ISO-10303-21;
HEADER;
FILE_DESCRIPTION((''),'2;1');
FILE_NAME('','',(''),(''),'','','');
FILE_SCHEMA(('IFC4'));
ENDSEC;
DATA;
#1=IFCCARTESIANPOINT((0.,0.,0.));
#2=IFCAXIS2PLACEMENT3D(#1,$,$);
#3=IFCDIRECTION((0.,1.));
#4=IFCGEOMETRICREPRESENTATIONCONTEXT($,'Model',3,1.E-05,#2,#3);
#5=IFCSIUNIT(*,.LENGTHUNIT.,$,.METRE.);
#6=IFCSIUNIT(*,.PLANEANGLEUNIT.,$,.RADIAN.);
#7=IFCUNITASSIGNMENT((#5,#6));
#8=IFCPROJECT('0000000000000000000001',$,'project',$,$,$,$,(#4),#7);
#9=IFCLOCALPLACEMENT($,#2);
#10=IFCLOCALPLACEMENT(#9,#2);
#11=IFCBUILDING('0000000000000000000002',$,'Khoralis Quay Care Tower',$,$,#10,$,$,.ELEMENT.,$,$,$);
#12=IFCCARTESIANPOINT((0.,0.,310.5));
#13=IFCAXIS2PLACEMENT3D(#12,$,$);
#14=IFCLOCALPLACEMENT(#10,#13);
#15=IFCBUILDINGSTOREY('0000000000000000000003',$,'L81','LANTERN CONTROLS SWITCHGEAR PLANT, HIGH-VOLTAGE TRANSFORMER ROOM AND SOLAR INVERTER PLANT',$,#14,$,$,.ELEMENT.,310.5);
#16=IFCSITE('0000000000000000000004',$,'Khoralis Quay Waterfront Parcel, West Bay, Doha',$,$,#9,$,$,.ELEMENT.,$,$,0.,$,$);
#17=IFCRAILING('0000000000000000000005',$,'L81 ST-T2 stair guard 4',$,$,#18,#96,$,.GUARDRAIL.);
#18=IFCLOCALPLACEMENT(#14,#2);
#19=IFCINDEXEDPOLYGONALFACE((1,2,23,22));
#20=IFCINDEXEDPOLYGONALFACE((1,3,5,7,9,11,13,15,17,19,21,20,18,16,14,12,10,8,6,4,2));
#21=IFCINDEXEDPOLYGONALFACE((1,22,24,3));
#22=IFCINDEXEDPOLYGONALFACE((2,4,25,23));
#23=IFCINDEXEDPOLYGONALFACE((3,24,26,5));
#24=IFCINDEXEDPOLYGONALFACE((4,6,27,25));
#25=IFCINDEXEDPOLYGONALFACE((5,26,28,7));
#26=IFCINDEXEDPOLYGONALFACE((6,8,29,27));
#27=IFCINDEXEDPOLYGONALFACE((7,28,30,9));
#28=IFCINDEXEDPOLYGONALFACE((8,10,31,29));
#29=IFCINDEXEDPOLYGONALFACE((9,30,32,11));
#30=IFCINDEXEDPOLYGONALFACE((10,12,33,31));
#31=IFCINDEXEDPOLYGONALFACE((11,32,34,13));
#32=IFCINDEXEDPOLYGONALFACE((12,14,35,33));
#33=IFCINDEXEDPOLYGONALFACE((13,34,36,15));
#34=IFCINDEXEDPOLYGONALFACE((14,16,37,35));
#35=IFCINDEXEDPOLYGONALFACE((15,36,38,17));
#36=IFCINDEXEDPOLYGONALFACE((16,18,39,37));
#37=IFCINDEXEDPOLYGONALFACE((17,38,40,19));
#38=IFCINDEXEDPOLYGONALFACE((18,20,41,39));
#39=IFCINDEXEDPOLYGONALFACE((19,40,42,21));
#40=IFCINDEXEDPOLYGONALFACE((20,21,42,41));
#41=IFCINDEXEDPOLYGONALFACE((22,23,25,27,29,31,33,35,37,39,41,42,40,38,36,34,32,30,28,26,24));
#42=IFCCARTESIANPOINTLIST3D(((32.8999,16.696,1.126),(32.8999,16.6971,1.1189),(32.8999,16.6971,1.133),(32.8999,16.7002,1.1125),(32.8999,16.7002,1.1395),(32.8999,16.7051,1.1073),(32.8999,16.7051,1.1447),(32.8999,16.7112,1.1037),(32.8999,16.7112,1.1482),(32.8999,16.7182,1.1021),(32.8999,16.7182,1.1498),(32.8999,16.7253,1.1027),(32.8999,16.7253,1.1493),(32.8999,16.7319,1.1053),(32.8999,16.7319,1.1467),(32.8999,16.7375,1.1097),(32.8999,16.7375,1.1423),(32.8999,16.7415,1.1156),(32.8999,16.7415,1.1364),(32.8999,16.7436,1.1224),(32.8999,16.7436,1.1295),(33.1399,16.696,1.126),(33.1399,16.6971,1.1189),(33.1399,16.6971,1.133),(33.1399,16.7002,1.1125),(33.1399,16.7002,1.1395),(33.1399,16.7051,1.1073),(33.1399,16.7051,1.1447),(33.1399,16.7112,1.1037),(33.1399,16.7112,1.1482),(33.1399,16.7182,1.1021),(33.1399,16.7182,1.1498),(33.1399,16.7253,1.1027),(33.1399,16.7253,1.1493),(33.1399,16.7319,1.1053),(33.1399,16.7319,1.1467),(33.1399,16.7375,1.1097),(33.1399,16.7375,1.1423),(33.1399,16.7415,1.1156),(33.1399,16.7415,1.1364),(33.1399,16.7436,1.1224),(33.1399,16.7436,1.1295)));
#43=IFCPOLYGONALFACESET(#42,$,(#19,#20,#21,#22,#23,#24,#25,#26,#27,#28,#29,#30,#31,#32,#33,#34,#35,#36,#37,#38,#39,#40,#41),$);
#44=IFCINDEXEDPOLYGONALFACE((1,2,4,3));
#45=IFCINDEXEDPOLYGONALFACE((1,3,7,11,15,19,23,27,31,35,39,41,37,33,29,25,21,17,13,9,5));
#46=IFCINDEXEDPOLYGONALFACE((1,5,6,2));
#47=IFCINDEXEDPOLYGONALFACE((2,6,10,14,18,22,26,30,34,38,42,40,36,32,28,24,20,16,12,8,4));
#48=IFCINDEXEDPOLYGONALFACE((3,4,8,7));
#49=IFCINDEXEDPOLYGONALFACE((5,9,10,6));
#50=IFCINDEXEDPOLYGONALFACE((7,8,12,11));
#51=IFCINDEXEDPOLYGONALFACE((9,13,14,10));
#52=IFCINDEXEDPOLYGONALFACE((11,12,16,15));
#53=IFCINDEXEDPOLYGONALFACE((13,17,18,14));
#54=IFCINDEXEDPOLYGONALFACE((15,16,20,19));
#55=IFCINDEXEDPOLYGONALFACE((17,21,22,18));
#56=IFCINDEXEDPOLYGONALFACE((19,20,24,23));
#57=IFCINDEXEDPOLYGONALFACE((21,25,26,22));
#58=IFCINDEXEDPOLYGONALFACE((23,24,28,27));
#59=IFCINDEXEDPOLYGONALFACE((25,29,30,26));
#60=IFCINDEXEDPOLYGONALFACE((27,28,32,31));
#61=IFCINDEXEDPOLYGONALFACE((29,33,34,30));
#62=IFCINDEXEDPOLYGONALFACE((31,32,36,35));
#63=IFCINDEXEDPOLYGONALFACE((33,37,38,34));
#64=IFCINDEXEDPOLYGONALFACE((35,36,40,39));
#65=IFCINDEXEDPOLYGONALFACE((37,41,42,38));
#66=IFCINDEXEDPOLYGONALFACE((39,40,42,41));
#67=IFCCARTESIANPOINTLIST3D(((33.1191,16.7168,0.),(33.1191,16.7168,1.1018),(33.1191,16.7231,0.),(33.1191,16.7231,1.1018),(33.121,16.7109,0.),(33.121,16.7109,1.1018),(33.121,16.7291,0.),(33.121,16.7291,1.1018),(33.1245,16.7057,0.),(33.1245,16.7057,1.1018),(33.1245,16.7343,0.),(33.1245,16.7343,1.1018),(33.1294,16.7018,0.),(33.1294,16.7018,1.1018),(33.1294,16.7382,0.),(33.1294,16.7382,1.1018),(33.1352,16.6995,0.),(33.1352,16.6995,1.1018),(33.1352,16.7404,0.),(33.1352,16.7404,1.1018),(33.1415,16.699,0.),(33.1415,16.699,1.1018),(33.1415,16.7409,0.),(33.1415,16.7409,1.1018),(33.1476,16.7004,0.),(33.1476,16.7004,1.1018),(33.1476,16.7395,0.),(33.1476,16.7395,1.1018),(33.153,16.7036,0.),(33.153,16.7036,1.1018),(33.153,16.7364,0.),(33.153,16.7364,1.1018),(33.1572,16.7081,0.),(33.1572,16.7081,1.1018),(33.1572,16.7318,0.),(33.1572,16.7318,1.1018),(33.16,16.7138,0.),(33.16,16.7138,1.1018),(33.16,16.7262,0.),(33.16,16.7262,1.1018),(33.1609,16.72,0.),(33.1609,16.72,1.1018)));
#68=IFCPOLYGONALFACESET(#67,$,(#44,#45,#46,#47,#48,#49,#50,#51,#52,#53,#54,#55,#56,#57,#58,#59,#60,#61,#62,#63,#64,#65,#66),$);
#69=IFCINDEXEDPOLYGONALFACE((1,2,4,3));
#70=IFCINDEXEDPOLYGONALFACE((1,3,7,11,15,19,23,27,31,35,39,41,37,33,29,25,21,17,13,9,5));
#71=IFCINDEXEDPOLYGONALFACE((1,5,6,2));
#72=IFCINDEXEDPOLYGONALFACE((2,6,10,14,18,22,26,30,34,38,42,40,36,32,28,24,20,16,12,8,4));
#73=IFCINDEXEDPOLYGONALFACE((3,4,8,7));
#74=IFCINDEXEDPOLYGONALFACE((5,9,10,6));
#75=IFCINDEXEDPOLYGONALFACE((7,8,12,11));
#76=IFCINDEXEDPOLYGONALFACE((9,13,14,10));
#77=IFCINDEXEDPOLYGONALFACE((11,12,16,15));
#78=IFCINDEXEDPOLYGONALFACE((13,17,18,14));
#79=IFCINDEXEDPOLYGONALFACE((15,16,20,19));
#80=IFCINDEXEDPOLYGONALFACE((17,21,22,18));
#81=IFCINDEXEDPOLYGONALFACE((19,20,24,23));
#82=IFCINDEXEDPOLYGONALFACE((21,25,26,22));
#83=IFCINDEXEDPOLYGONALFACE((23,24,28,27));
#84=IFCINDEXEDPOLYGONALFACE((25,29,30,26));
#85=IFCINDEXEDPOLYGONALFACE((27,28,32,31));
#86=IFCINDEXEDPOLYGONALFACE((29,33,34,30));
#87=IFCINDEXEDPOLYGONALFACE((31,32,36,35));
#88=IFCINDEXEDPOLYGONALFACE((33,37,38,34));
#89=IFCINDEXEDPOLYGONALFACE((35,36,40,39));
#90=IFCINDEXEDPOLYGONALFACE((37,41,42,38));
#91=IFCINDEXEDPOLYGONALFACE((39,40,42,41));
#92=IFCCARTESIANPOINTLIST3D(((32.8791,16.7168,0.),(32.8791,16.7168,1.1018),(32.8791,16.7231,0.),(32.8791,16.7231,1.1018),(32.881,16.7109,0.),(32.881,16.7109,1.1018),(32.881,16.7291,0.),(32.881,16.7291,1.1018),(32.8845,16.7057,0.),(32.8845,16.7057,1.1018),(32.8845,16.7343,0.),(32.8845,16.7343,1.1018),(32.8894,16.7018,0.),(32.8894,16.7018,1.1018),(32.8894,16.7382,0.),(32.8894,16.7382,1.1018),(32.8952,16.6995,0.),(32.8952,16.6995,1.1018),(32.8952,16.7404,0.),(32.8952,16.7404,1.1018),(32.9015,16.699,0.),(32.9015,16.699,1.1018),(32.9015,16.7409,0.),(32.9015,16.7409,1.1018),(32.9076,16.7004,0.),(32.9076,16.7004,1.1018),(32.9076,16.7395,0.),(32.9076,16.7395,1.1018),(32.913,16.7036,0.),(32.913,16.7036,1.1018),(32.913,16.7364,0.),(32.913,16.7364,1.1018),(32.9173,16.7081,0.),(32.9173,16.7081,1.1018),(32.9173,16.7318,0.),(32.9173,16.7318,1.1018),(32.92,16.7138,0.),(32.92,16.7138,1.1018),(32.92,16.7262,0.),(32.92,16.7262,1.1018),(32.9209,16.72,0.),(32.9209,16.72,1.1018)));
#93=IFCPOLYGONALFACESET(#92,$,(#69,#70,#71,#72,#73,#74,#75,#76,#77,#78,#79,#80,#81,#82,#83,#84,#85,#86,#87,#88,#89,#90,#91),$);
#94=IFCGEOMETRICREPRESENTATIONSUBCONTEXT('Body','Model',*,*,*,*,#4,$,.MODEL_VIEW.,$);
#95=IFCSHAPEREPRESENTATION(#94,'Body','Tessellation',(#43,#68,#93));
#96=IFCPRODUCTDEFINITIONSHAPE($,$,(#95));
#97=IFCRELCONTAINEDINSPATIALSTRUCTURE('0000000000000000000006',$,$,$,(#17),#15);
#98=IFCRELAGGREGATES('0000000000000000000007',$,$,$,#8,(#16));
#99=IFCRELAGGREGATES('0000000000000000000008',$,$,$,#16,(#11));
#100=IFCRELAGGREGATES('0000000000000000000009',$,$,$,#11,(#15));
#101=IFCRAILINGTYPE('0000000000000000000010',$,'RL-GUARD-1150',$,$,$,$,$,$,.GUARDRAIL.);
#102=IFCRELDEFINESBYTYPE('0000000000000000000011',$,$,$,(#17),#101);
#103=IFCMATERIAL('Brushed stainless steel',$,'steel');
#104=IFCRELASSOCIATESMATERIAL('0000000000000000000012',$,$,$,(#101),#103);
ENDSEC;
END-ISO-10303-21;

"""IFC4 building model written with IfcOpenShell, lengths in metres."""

from ifc_helpers import new_model, si_unit, direction, frame, origin, origin_2d, place, context, subcontext, project, spatial, circle, extrude, material, type_object, element, save


model = new_model("IFC4")

# Units and contexts
model_context = context("Model", 3, precision=1e-05, world=origin(), true_north=direction((0.0, 1.0)))
body_context = subcontext(model_context, "Body", "Model", "MODEL_VIEW")
ifc_project = project(units=[si_unit("LENGTHUNIT", "METRE"), si_unit("PLANEANGLEUNIT", "RADIAN")], contexts=[model_context])

# Site, building, storey
site_placement = place(None, origin())
site = spatial("IfcSite", under=ifc_project, at=site_placement, Name="Khoralis Quay Waterfront Parcel, West Bay, Doha", CompositionType="ELEMENT", RefElevation=0.0)
building_placement = place(site_placement, origin())
building = spatial("IfcBuilding", under=site, at=building_placement, Name="Khoralis Quay Care Tower", CompositionType="ELEMENT")
storey_placement = place(building_placement, frame((0.0, 0.0, 310.5)))
storey = spatial("IfcBuildingStorey", under=building, at=storey_placement, Name="L81", Description="LANTERN CONTROLS SWITCHGEAR PLANT, HIGH-VOLTAGE TRANSFORMER ROOM AND SOLAR INVERTER PLANT", CompositionType="ELEMENT", Elevation=310.5)

# Shared definitions
ifc_material_1 = material(Name="Brushed stainless steel", Category="steel")

# Railing
railing_type_1 = type_object("IfcRailingType", Name="RL-GUARD-1150", PredefinedType="GUARDRAIL", material=ifc_material_1)
railing_1_placement = place(storey_placement, frame((33.1399, 16.72, 0.0)))
element("IfcRailing", 1, at=railing_1_placement, inside=storey, type_object=railing_type_1, Name="L81 ST-T2 stair guard 4", PredefinedType="GUARDRAIL", context=body_context, shape_type="SweptSolid", body=[
    extrude(circle(Radius=0.0239, at=origin_2d()), frame((0.0, 0.0, 1.126), z_axis=(-1.0, 0.0, 0.0), x_axis=(0.0, -1.0, 0.0)), (0.0, 0.0, 1.0), 0.24),
    extrude(circle(Radius=0.021, at=origin_2d()), origin(), (0.0, 0.0, 1.0), 1.1018),
    extrude(circle(Radius=0.021, at=origin_2d()), frame((-0.24, 0.0, 0.0)), (0.0, 0.0, 1.0), 1.1018),
])

save(model, "model.ifc")
